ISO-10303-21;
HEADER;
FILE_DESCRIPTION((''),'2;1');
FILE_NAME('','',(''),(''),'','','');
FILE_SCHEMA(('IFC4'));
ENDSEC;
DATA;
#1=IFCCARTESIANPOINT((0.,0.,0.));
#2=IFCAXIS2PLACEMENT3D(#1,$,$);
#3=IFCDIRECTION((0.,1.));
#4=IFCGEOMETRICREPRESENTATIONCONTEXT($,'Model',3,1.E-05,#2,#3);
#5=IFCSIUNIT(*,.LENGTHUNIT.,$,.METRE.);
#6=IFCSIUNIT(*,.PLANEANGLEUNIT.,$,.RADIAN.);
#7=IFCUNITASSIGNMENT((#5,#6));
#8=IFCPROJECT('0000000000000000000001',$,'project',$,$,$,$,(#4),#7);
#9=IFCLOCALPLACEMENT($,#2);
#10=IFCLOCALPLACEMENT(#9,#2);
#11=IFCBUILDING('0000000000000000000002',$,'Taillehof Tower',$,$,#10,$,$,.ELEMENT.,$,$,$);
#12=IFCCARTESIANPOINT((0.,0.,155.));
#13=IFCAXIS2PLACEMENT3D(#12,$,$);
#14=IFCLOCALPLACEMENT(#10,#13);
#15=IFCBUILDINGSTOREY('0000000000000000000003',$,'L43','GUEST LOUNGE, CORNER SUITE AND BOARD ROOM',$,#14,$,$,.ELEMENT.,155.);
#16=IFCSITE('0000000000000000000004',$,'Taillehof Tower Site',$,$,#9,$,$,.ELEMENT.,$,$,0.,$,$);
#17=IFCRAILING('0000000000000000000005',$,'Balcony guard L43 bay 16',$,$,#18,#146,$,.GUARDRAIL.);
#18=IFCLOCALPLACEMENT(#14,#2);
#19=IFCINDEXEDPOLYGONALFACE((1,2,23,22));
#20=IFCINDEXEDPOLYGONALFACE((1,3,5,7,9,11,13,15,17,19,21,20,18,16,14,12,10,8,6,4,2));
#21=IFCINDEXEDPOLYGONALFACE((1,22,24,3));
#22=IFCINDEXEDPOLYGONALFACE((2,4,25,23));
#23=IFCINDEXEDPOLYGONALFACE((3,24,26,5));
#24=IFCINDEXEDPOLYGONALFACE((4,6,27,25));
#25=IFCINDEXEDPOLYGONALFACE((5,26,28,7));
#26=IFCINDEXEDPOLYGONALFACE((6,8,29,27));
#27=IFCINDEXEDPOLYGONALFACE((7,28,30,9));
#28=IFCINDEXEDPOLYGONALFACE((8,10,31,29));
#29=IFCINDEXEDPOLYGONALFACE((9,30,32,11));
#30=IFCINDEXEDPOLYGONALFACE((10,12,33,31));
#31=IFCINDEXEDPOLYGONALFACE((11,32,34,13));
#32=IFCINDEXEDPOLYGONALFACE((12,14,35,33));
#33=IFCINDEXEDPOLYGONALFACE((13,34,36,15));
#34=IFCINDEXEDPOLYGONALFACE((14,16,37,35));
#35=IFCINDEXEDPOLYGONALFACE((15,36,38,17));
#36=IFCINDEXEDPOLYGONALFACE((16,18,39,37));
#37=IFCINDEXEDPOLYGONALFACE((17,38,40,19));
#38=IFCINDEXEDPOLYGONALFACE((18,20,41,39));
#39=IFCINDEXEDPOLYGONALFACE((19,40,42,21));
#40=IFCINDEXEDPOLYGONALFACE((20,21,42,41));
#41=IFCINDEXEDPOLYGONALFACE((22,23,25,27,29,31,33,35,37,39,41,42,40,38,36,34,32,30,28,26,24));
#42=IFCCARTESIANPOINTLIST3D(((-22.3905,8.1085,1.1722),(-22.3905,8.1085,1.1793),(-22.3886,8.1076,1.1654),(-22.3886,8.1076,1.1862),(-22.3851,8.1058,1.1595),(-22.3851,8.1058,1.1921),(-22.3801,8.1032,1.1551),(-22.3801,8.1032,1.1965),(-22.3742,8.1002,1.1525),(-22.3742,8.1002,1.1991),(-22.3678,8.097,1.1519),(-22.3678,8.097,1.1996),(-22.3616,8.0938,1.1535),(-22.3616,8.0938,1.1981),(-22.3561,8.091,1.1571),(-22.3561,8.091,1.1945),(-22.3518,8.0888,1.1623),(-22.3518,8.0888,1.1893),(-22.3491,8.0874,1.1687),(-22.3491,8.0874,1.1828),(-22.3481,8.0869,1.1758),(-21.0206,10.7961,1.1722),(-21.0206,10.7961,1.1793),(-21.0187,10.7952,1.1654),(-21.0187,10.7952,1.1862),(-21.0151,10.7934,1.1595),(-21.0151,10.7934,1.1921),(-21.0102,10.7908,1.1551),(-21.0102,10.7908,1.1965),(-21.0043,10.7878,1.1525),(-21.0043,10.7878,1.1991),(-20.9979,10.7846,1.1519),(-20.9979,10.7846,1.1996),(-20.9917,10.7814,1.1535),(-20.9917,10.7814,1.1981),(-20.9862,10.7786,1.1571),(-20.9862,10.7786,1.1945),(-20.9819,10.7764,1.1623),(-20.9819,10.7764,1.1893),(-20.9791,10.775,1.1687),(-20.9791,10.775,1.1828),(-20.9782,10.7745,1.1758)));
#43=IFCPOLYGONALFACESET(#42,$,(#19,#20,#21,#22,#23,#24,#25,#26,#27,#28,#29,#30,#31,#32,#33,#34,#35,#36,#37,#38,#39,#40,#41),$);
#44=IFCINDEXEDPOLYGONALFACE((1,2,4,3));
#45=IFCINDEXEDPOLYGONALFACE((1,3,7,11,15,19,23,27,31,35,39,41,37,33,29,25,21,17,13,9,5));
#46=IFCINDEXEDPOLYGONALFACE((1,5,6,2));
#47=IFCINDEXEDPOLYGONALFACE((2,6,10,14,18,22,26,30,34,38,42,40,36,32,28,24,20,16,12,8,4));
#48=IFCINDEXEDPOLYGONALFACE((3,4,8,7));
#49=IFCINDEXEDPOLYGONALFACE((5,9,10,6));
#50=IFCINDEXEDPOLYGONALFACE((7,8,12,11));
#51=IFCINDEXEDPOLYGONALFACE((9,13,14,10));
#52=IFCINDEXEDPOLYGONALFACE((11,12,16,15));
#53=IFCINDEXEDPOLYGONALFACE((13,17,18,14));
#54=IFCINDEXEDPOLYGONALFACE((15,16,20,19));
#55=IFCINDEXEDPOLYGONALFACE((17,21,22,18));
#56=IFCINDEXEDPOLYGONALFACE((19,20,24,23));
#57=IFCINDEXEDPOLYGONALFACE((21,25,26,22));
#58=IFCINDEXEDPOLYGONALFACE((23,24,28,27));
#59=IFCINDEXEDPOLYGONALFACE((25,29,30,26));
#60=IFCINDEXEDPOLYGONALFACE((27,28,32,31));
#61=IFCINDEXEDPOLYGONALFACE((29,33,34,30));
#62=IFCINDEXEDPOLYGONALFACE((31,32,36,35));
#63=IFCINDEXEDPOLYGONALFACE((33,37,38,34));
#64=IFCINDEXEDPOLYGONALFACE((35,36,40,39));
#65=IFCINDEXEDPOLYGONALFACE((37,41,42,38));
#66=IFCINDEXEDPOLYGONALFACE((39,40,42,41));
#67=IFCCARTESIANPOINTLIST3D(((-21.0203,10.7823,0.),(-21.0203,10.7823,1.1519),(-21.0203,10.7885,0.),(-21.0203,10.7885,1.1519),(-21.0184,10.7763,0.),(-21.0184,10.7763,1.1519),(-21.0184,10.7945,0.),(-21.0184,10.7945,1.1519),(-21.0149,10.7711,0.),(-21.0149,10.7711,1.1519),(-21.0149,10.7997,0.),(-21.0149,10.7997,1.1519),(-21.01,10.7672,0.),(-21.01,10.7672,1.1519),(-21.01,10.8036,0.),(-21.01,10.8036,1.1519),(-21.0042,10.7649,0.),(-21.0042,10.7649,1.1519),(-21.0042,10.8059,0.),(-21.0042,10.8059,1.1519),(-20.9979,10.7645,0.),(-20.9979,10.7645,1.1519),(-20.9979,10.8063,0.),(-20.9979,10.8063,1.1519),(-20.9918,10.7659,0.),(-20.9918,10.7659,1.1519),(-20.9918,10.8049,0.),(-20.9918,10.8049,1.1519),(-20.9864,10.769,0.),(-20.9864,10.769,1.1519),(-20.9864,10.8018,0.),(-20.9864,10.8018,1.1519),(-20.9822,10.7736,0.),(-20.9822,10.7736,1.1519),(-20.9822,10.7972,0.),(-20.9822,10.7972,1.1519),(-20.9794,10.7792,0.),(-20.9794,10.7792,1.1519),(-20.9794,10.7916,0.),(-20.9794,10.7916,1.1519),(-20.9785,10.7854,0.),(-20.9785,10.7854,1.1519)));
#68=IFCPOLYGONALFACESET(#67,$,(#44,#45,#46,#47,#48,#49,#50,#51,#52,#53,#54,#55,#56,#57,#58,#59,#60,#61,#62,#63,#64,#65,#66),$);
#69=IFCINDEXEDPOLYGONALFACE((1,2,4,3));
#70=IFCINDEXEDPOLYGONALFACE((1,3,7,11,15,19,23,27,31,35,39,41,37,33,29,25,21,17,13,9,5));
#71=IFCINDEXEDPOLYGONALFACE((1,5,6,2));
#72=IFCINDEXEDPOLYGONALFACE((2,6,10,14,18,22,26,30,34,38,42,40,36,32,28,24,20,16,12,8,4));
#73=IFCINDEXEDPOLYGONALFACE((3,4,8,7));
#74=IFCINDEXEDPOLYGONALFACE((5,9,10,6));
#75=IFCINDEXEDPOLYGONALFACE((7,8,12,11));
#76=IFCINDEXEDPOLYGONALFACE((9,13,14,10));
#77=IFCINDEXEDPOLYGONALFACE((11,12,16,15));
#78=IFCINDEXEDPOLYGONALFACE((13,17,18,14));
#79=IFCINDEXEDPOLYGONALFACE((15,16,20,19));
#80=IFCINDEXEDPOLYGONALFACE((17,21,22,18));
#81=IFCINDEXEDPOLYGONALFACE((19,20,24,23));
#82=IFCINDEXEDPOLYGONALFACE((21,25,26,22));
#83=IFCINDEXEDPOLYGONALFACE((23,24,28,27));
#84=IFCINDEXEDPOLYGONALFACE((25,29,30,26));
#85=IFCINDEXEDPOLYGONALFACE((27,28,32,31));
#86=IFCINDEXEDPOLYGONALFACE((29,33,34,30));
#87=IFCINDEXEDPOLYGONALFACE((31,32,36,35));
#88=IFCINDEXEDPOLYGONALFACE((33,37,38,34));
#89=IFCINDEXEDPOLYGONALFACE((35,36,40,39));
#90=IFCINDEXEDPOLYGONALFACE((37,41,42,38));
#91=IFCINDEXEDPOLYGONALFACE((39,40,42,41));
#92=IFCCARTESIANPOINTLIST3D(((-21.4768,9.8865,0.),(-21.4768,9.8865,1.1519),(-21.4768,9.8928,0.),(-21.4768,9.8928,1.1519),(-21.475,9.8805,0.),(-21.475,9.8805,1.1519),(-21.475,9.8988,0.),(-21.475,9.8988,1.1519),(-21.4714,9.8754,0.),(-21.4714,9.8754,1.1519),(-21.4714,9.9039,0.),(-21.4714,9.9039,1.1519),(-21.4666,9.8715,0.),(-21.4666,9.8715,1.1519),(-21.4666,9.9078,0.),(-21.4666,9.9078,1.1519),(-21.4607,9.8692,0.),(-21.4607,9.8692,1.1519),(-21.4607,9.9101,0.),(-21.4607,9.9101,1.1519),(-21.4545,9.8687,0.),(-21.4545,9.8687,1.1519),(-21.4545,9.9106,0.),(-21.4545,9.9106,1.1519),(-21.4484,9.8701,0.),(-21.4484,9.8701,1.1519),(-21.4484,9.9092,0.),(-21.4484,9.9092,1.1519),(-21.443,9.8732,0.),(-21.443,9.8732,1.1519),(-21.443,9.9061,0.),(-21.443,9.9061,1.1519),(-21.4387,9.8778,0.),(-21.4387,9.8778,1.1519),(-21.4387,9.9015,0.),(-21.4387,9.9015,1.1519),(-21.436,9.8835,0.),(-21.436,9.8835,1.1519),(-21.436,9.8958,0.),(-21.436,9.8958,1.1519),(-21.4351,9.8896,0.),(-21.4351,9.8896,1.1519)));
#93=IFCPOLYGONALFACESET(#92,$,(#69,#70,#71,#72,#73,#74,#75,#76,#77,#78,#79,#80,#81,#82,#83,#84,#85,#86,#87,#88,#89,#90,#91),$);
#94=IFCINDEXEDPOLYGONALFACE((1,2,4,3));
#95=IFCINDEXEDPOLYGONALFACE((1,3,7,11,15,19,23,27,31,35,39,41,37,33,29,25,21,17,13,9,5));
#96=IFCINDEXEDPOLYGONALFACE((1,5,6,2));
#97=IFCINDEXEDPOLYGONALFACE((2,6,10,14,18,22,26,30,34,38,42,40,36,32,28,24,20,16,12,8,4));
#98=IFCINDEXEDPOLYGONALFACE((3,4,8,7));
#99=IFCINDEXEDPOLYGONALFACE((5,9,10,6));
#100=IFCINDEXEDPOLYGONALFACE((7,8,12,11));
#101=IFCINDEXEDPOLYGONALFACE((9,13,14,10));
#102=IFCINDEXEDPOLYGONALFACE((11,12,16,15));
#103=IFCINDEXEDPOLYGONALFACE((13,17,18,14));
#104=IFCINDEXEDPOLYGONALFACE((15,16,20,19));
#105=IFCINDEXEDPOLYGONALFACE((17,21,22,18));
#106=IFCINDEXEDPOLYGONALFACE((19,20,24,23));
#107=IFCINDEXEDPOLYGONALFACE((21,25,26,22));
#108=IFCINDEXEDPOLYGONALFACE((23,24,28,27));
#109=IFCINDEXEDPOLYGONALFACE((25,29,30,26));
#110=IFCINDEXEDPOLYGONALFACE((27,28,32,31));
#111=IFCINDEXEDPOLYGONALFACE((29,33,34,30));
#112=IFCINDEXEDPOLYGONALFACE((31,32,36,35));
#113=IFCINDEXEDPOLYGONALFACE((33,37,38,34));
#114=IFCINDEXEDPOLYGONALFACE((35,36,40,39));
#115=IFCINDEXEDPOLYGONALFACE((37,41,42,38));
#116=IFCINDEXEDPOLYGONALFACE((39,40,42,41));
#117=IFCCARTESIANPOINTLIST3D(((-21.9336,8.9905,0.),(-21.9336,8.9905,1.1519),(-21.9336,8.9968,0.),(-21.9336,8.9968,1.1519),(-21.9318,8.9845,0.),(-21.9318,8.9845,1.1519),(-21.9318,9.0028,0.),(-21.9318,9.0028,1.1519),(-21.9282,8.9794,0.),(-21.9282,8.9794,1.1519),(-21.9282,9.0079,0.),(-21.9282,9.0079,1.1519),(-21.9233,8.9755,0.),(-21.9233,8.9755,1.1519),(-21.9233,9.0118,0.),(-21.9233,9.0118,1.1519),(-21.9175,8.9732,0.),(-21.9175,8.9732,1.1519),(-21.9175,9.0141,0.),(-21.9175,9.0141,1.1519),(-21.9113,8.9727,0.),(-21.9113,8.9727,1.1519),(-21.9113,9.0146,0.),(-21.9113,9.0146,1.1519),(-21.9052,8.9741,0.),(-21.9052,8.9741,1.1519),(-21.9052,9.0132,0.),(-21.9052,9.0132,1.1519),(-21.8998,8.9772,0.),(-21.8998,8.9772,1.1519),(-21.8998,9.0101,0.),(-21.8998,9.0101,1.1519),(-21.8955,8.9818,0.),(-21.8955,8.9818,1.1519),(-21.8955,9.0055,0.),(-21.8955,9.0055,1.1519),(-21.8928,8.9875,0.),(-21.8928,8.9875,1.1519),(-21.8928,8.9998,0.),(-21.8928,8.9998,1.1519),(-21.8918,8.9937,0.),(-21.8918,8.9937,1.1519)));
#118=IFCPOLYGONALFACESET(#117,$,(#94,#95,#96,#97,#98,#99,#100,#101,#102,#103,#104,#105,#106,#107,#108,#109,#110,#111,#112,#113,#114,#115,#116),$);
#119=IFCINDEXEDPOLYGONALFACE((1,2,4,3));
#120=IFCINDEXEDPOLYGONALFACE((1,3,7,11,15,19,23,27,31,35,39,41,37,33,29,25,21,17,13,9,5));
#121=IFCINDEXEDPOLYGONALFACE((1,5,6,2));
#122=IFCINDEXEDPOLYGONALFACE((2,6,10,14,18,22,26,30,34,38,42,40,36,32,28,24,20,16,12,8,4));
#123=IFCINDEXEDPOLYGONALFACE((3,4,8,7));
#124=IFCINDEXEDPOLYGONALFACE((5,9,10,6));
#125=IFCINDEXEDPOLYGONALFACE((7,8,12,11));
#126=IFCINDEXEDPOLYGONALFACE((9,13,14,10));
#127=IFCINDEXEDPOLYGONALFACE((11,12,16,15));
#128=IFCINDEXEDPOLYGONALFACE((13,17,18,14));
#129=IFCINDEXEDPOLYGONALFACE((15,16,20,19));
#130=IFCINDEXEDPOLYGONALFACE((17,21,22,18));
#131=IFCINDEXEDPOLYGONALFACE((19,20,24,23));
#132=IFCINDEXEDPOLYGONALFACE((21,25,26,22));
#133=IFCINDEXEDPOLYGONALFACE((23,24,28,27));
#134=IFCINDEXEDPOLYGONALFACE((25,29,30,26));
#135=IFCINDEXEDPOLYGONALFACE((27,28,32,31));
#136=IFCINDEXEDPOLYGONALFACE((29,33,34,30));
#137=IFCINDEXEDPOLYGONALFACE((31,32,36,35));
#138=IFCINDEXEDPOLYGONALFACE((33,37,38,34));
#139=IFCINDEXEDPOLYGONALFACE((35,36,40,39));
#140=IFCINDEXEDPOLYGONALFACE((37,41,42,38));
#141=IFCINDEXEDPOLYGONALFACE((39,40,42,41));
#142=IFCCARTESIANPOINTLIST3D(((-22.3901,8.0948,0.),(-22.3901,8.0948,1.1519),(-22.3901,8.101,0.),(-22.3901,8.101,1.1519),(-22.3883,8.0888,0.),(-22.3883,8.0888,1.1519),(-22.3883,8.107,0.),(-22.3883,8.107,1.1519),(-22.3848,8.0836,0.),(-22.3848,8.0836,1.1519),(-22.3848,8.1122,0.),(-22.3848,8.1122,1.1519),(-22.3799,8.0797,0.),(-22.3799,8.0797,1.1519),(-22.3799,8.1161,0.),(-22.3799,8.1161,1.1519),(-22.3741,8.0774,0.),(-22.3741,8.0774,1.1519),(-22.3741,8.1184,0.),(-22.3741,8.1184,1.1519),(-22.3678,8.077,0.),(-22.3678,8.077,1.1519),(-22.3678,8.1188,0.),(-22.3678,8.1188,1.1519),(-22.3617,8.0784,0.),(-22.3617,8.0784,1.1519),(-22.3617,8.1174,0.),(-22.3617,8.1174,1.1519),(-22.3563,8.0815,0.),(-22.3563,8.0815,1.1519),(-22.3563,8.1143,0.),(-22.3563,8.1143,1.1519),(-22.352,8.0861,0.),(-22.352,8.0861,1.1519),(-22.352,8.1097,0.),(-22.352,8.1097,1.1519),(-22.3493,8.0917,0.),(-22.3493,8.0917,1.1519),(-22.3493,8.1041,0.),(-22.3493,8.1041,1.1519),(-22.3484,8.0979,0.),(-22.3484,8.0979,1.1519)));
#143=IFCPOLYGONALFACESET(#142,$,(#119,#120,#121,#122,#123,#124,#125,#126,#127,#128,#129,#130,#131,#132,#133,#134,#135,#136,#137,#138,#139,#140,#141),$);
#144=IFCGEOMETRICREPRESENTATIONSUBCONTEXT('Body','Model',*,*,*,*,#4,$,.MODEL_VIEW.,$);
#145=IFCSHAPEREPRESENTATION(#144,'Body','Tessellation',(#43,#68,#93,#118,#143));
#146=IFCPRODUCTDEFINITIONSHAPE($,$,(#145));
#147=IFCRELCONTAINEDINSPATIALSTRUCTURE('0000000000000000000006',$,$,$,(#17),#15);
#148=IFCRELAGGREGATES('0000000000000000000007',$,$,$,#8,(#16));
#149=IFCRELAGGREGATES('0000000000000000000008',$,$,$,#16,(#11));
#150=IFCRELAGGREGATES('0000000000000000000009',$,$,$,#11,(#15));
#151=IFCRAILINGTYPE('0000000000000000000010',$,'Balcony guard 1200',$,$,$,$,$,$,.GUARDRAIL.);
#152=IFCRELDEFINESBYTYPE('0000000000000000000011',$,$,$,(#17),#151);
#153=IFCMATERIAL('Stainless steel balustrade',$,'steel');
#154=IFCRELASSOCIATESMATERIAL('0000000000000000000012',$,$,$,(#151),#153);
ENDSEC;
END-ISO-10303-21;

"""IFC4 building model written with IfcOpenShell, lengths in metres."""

from ifc_helpers import new_model, si_unit, direction, frame, origin, origin_2d, place, context, subcontext, project, spatial, circle, extrude, material, type_object, element, save


model = new_model("IFC4")

# Units and contexts
model_context = context("Model", 3, precision=1e-05, world=origin(), true_north=direction((0.0, 1.0)))
body_context = subcontext(model_context, "Body", "Model", "MODEL_VIEW")
ifc_project = project(units=[si_unit("LENGTHUNIT", "METRE"), si_unit("PLANEANGLEUNIT", "RADIAN")], contexts=[model_context])

# Site, building, storey
site_placement = place(None, origin())
site = spatial("IfcSite", under=ifc_project, at=site_placement, Name="Taillehof Tower Site", CompositionType="ELEMENT", RefElevation=0.0)
building_placement = place(site_placement, origin())
building = spatial("IfcBuilding", under=site, at=building_placement, Name="Taillehof Tower", CompositionType="ELEMENT")
storey_placement = place(building_placement, frame((0.0, 0.0, 155.0)))
storey = spatial("IfcBuildingStorey", under=building, at=storey_placement, Name="L43", Description="GUEST LOUNGE, CORNER SUITE AND BOARD ROOM", CompositionType="ELEMENT", Elevation=155.0)

# Railing
ifc_material_1 = material(Name="Stainless steel balustrade", Category="steel")
railing_type = type_object("IfcRailingType", Name="Balcony guard 1200", PredefinedType="GUARDRAIL", material=ifc_material_1)
railing_1_placement = place(storey_placement, frame((-20.9995, 10.7854, 0.0)))
element("IfcRailing", 1, at=railing_1_placement, inside=storey, type_object=railing_type, Name="Balcony guard L43 bay 16", PredefinedType="GUARDRAIL", context=body_context, shape_type="SweptSolid", body=[
    extrude(circle(Radius=0.0239, at=origin_2d()), frame((0.0, 0.0, 1.1758), z_axis=(-0.454128, -0.890936, 0.0), x_axis=(0.890936, -0.454128, 0.0)), (0.0, 0.0, 1.0), 3.0166),
    extrude(circle(Radius=0.021, at=origin_2d()), origin(), (0.0, 0.0, 1.0), 1.1519),
    extrude(circle(Radius=0.021, at=origin_2d()), frame((-0.4565, -0.8958, 0.0)), (0.0, 0.0, 1.0), 1.1519),
    extrude(circle(Radius=0.021, at=origin_2d()), frame((-0.9133, -1.7917, 0.0)), (0.0, 0.0, 1.0), 1.1519),
    extrude(circle(Radius=0.021, at=origin_2d()), frame((-1.3699, -2.6875, 0.0)), (0.0, 0.0, 1.0), 1.1519),
])

save(model, "model.ifc")
